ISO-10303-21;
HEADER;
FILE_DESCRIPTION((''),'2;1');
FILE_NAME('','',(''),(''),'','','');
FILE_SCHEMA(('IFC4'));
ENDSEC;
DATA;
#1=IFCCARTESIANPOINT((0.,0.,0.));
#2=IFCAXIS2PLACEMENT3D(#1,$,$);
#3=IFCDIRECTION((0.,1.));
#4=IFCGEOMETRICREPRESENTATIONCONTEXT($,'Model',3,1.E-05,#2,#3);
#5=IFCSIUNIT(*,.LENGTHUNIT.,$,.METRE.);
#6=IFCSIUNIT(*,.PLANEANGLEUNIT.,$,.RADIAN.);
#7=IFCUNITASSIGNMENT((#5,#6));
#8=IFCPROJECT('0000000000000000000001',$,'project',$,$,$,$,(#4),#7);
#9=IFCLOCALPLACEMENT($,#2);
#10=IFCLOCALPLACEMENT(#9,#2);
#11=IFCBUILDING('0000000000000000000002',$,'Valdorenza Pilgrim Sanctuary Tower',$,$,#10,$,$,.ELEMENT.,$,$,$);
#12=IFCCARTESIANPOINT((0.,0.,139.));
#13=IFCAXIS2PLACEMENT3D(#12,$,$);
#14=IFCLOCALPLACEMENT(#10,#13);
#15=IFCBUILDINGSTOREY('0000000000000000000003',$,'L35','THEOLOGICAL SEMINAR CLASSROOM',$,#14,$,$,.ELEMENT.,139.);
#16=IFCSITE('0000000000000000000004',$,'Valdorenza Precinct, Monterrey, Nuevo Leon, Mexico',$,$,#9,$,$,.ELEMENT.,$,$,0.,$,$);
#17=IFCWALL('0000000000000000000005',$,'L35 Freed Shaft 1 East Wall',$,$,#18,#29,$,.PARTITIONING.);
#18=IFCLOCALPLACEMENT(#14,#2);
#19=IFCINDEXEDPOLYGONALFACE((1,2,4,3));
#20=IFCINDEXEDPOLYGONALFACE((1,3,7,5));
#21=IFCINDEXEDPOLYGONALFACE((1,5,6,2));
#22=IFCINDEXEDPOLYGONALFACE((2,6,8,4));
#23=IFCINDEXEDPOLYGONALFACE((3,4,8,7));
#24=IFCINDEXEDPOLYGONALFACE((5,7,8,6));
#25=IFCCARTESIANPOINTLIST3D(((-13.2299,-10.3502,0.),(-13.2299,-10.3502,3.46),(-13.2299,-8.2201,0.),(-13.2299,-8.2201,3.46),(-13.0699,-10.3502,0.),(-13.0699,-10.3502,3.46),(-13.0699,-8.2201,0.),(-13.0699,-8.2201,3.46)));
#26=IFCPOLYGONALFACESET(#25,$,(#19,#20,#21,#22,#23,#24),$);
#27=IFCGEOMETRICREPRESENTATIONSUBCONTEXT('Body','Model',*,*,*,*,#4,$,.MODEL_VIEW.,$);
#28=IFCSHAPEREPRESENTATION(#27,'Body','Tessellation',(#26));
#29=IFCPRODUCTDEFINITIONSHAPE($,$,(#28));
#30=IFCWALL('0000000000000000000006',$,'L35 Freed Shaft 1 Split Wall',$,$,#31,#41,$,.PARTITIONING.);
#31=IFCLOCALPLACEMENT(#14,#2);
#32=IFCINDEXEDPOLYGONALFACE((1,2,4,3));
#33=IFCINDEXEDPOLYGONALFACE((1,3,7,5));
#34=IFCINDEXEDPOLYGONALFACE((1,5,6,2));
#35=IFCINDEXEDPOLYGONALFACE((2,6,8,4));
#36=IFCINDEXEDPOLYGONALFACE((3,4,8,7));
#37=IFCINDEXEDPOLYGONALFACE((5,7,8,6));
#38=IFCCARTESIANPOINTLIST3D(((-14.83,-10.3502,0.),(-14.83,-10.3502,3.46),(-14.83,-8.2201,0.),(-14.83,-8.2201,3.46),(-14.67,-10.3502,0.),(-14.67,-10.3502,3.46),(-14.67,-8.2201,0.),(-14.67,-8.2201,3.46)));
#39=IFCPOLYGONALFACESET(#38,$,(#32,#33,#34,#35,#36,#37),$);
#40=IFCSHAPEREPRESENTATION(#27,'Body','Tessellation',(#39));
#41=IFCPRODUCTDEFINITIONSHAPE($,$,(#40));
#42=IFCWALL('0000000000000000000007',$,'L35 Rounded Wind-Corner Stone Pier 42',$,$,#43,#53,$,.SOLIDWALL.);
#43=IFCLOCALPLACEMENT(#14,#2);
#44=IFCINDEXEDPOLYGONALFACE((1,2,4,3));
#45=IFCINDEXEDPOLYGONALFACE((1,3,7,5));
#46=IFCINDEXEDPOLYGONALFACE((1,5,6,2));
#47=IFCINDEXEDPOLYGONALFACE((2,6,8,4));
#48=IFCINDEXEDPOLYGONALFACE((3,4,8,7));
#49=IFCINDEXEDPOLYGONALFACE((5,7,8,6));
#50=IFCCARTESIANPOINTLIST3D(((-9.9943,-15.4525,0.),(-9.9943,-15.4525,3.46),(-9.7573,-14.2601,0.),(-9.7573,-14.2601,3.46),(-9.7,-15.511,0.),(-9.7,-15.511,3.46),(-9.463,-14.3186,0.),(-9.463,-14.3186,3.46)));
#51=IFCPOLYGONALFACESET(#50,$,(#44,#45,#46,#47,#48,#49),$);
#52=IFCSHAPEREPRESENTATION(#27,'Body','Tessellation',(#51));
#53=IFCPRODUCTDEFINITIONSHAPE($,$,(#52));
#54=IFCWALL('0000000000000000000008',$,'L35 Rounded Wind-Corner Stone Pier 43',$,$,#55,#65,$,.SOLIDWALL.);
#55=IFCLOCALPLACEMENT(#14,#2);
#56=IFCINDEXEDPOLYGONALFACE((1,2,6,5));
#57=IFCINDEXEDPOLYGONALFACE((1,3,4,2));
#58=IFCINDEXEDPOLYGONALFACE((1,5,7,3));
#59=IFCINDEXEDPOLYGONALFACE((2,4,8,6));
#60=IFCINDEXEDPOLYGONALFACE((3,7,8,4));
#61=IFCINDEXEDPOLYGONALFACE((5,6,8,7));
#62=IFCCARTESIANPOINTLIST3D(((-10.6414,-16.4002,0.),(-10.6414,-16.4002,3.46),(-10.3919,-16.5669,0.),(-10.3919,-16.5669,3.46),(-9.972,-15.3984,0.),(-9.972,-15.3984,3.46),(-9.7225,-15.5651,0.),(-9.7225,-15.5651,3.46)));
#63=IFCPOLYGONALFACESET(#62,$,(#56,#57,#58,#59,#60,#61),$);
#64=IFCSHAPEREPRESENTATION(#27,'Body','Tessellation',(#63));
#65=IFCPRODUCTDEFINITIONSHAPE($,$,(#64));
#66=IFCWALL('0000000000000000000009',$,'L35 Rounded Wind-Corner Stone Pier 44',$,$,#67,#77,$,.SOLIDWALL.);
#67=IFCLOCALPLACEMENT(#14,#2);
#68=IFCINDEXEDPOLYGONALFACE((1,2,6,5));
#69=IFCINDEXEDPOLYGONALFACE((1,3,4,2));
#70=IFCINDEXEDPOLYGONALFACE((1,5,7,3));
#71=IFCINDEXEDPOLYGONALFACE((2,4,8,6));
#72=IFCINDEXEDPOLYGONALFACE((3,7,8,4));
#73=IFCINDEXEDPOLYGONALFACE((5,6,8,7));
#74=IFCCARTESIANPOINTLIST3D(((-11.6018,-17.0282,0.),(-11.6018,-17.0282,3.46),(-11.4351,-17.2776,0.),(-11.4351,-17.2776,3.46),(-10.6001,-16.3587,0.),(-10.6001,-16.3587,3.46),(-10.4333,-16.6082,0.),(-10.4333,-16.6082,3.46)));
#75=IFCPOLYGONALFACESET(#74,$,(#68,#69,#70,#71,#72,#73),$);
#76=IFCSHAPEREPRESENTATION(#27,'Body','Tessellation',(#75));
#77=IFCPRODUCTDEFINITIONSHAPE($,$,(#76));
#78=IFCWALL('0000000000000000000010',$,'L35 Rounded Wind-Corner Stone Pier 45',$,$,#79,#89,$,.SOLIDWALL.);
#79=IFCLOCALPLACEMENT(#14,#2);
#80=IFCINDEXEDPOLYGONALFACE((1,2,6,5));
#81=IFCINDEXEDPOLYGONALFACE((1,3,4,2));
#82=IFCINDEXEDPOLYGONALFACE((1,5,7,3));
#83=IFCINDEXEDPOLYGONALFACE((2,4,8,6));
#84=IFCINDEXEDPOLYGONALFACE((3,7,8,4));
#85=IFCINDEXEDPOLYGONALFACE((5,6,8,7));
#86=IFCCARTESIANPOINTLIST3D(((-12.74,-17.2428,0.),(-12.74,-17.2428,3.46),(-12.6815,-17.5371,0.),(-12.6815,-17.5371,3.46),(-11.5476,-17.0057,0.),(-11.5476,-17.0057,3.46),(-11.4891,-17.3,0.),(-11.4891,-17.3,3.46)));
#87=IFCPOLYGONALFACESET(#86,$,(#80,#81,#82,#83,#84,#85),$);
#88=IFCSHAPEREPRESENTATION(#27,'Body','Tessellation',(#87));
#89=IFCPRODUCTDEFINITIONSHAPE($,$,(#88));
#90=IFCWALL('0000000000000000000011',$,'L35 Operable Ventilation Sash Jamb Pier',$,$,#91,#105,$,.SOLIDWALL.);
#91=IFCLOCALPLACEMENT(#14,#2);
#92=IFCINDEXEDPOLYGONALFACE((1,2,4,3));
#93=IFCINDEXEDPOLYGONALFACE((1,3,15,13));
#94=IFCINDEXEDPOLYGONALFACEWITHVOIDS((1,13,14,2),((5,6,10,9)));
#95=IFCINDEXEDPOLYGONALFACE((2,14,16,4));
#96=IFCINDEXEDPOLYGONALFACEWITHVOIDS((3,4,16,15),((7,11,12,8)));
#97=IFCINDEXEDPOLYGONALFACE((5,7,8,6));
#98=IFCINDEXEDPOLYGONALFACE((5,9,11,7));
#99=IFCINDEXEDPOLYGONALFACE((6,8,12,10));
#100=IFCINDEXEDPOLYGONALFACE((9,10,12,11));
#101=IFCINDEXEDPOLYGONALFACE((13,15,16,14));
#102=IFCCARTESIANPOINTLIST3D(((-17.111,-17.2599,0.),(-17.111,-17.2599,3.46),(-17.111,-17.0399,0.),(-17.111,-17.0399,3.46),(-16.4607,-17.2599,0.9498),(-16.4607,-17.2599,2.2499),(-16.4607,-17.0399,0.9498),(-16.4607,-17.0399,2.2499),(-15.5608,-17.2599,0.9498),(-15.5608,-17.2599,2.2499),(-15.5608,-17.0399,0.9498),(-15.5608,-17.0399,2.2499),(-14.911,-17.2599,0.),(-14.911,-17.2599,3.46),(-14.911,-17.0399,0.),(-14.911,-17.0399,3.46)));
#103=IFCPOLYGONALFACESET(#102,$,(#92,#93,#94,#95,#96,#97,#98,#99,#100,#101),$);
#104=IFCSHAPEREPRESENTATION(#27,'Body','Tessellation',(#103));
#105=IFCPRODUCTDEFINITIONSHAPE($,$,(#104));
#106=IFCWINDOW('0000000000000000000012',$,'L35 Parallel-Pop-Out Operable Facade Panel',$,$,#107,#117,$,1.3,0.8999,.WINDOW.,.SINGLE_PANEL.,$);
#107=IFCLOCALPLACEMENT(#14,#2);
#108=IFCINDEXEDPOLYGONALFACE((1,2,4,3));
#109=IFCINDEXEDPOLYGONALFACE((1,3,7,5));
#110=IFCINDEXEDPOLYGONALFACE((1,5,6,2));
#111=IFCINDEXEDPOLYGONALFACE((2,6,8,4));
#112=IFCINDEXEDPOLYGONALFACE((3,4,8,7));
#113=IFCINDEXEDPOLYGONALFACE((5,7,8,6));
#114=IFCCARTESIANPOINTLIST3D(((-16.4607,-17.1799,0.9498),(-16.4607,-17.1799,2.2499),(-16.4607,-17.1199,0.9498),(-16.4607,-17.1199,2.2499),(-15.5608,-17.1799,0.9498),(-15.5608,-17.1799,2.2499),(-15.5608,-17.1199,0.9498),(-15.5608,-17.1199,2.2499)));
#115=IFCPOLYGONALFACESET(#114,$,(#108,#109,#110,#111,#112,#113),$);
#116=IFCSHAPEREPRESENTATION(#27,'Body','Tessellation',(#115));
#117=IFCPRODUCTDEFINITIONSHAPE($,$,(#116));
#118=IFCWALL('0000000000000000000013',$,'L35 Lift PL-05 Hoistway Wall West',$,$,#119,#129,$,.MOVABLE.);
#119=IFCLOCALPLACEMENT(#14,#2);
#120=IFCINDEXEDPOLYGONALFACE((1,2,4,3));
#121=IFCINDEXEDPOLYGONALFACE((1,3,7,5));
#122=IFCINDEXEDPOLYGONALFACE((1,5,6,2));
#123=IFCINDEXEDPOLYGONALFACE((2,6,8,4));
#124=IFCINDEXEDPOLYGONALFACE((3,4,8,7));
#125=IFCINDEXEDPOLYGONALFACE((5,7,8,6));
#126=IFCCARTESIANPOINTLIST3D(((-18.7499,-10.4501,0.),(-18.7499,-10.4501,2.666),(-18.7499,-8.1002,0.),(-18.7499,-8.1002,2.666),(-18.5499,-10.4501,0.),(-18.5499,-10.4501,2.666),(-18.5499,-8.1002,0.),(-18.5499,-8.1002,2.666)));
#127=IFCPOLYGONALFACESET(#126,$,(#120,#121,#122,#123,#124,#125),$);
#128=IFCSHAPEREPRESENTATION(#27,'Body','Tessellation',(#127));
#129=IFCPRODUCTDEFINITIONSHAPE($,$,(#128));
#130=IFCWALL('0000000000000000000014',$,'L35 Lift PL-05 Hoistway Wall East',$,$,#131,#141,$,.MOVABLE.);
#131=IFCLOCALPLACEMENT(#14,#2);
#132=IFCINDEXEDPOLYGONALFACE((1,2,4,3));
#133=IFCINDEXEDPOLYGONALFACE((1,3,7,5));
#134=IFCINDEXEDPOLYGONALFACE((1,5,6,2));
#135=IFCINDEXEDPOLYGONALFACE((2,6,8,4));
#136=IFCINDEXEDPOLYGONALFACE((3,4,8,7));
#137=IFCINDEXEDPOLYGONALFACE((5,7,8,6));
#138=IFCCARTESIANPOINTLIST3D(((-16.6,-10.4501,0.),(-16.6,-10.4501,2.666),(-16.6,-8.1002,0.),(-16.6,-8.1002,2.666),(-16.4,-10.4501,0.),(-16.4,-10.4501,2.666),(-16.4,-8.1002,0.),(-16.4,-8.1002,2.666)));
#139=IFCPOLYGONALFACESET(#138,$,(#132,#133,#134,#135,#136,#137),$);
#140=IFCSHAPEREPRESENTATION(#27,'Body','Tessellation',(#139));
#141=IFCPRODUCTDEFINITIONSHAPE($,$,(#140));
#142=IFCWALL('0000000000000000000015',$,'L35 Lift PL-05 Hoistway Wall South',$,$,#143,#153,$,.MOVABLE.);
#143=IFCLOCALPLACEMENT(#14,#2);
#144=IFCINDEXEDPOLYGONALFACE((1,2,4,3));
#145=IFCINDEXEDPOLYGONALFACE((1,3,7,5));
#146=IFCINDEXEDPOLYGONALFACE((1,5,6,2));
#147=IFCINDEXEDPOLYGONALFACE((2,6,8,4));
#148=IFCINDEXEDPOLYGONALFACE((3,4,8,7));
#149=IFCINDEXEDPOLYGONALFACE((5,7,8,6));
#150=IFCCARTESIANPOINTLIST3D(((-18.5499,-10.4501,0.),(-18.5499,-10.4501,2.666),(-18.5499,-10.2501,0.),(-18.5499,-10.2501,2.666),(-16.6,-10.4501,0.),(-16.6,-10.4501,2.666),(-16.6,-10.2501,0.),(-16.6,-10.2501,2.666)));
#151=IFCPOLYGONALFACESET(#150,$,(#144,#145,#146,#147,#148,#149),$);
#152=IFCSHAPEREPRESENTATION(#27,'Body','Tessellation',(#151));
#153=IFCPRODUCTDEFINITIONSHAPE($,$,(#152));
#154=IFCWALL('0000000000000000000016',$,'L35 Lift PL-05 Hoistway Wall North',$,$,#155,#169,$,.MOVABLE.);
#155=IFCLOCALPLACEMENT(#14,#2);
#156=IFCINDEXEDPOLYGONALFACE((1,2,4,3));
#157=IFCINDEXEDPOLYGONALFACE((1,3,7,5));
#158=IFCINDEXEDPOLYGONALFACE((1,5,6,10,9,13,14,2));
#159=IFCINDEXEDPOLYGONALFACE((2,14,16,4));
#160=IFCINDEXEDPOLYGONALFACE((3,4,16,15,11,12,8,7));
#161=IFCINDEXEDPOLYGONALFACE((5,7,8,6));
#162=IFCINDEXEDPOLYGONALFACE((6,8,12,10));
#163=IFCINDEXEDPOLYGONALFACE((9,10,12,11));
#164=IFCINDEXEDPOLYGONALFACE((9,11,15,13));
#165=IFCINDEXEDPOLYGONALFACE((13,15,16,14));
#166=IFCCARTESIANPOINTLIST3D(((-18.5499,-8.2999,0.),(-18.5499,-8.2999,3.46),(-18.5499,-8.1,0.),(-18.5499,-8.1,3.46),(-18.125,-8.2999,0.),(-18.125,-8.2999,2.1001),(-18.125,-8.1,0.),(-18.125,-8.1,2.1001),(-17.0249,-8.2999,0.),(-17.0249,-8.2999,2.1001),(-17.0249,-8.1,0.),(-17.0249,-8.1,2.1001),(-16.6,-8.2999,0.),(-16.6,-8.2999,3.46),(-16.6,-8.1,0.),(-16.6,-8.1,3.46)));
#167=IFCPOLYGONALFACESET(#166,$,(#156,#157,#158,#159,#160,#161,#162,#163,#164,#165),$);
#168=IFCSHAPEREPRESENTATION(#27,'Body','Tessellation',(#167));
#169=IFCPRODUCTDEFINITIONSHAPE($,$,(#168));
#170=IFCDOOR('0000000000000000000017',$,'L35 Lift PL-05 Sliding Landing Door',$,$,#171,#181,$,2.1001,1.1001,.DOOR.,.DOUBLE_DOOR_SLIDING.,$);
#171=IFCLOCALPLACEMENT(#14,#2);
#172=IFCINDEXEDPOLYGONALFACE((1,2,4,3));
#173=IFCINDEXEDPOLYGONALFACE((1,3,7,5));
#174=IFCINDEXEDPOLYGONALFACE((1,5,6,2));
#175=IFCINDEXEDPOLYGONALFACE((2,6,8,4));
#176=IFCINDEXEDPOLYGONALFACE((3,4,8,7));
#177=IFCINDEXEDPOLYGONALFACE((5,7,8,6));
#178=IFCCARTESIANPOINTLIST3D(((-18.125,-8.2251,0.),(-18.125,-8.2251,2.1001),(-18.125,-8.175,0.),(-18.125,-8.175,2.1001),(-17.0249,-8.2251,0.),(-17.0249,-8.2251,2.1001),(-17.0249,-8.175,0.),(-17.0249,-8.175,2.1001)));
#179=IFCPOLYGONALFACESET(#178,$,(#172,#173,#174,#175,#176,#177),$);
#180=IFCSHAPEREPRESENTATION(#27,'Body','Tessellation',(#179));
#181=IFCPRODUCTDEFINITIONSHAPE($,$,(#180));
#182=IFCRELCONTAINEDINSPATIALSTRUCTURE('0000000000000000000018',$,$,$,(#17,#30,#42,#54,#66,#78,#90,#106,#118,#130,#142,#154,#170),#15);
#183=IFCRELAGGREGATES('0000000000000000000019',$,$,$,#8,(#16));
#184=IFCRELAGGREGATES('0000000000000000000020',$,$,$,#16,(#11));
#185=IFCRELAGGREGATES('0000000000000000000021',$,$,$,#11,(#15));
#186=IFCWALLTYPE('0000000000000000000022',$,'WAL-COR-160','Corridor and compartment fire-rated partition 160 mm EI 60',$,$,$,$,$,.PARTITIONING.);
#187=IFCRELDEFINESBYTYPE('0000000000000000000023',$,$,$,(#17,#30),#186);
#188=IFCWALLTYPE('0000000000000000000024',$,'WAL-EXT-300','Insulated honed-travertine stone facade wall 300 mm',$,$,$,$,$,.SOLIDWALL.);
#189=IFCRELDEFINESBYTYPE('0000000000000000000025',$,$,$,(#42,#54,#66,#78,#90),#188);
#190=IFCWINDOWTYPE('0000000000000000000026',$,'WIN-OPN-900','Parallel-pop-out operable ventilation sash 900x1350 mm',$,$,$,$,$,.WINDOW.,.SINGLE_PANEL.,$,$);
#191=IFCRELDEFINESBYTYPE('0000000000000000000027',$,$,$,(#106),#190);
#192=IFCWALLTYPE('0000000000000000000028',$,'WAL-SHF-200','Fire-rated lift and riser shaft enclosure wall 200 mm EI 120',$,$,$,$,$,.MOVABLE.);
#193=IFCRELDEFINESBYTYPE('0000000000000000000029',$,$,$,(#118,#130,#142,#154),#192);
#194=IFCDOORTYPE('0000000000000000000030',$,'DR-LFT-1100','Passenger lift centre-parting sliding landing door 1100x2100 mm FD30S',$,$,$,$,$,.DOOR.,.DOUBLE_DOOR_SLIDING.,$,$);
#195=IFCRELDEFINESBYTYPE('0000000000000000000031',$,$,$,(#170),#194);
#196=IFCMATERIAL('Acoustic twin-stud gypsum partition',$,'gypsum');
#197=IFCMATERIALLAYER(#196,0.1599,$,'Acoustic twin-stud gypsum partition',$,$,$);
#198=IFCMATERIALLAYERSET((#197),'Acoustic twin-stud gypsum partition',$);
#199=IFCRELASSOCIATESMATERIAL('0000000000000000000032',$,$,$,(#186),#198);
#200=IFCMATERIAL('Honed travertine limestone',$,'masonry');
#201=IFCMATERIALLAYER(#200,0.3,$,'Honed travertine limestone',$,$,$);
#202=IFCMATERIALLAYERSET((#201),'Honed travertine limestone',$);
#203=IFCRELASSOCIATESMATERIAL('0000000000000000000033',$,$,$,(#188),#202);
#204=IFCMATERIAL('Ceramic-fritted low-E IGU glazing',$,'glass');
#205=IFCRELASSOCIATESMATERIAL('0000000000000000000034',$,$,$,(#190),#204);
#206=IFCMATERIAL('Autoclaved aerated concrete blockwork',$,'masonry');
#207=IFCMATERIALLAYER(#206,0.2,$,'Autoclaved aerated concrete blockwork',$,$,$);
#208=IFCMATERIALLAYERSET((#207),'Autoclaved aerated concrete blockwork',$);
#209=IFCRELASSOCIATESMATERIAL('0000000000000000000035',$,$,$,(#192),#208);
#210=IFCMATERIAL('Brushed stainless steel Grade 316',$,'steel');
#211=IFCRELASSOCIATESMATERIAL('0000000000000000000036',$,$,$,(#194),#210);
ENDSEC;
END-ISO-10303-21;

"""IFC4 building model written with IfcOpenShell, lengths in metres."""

from ifc_helpers import new_model, si_unit, direction, frame, frame_2d, origin, place, context, subcontext, project, spatial, rectangle, extrude, material, layer, layer_set, type_object, element, fill, save


model = new_model("IFC4")

# Units and contexts
model_context = context("Model", 3, precision=1e-05, world=origin(), true_north=direction((0.0, 1.0)))
body_context = subcontext(model_context, "Body", "Model", "MODEL_VIEW")
ifc_project = project(units=[si_unit("LENGTHUNIT", "METRE"), si_unit("PLANEANGLEUNIT", "RADIAN")], contexts=[model_context])

# Site, building, storey
site_placement = place(None, origin())
site = spatial("IfcSite", under=ifc_project, at=site_placement, Name="Valdorenza Precinct, Monterrey, Nuevo Leon, Mexico", CompositionType="ELEMENT", RefElevation=0.0)
building_placement = place(site_placement, origin())
building = spatial("IfcBuilding", under=site, at=building_placement, Name="Valdorenza Pilgrim Sanctuary Tower", CompositionType="ELEMENT")
storey_placement = place(building_placement, frame((0.0, 0.0, 139.0)))
storey = spatial("IfcBuildingStorey", under=building, at=storey_placement, Name="L35", Description="THEOLOGICAL SEMINAR CLASSROOM", CompositionType="ELEMENT", Elevation=139.0)

# Shared definitions
ifc_material_1 = material(Name="Honed travertine limestone", Category="masonry")
ifc_material_2 = material(Name="Ceramic-fritted low-E IGU glazing", Category="glass")

# Shared definitions
ifc_material_3 = material(Name="Acoustic twin-stud gypsum partition", Category="gypsum")
ifc_layer_1 = layer(ifc_material_3, 0.1599, Name="Acoustic twin-stud gypsum partition")
ifc_layer_set_1 = layer_set([ifc_layer_1], Name="Acoustic twin-stud gypsum partition")
wall_type_1 = type_object("IfcWallType", Name="WAL-COR-160", Description="Corridor and compartment fire-rated partition 160 mm EI 60", PredefinedType="PARTITIONING", material=ifc_layer_set_1)

# Walls
for number, where, z_axis, x_axis, name in (
    (1, (-13.1499, -10.3501, 0.0), (0.0, 0.0, 1.0), (0.0, 1.0, 0.0), "L35 Freed Shaft 1 East Wall"),
    (2, (-14.75, -10.3501, 0.0), (0.0, 0.0, 1.0), (0.0, 1.0, 0.0), "L35 Freed Shaft 1 Split Wall"),
):
    element("IfcWall", number, at=place(storey_placement, frame(where, z_axis=z_axis, x_axis=x_axis)), inside=storey, type_object=wall_type_1, Name=name, PredefinedType="PARTITIONING", context=body_context, shape_type="SweptSolid", body=[
        extrude(rectangle(XDim=2.1301, YDim=0.1599, at=frame_2d((1.0649, 0.0))), origin(), (0.0, 0.0, 1.0), 3.46),
    ])
ifc_layer_2 = layer(ifc_material_1, 0.3, Name="Honed travertine limestone")
ifc_layer_set_2 = layer_set([ifc_layer_2], Name="Honed travertine limestone")
wall_type_2 = type_object("IfcWallType", Name="WAL-EXT-300", Description="Insulated honed-travertine stone facade wall 300 mm", PredefinedType="SOLIDWALL", material=ifc_layer_set_2)
wall_1_placement = place(storey_placement, frame((-9.6101, -14.2893, 0.0), z_axis=(0.0, 0.0, 1.0), x_axis=(-0.194996, -0.980804, 0.0)))
element("IfcWall", 3, at=wall_1_placement, inside=storey, type_object=wall_type_2, Name="L35 Rounded Wind-Corner Stone Pier 42", PredefinedType="SOLIDWALL", context=body_context, shape_type="SweptSolid", body=[
    extrude(rectangle(XDim=1.2158, YDim=0.3, at=frame_2d((0.6079, 0.0))), origin(), (0.0, 0.0, 1.0), 3.46),
])
for number, where, z_axis, x_axis, name in (
    (4, (-9.8472, -15.4817, 0.0), (0.0, 0.0, 1.0), (-0.555635, -0.831426, 0.0), "L35 Rounded Wind-Corner Stone Pier 43"),
    (5, (-10.5166, -16.4834, 0.0), (0.0, 0.0, 1.0), (-0.831426, -0.555635, 0.0), "L35 Rounded Wind-Corner Stone Pier 44"),
):
    element("IfcWall", number, at=place(storey_placement, frame(where, z_axis=z_axis, x_axis=x_axis)), inside=storey, type_object=wall_type_2, Name=name, PredefinedType="SOLIDWALL", context=body_context, shape_type="SweptSolid", body=[
        extrude(rectangle(XDim=1.2048, YDim=0.3, at=frame_2d((0.6025, 0.0))), origin(), (0.0, 0.0, 1.0), 3.46),
    ])
wall_2_placement = place(storey_placement, frame((-11.5183, -17.1528, 0.0), z_axis=(0.0, 0.0, 1.0), x_axis=(-0.980804, -0.194996, 0.0)))
element("IfcWall", 6, at=wall_2_placement, inside=storey, type_object=wall_type_2, Name="L35 Rounded Wind-Corner Stone Pier 45", PredefinedType="SOLIDWALL", context=body_context, shape_type="SweptSolid", body=[
    extrude(rectangle(XDim=1.2158, YDim=0.3, at=frame_2d((0.6079, 0.0))), origin(), (0.0, 0.0, 1.0), 3.46),
])

# Wall, opening, window
wall_3_placement = place(storey_placement, frame((-14.9109, -17.1499, 0.0), z_axis=(0.0, 0.0, 1.0), x_axis=(-1.0, 0.0, 0.0)))
wall_3 = element("IfcWall", 7, at=wall_3_placement, inside=storey, type_object=wall_type_2, Name="L35 Operable Ventilation Sash Jamb Pier", PredefinedType="SOLIDWALL", context=body_context, shape_type="SweptSolid", body=[
    extrude(rectangle(XDim=2.2, YDim=0.22, at=frame_2d((1.1001, 0.0))), origin(), (0.0, 0.0, 1.0), 3.46),
])
opening_1_placement = place(wall_3_placement, frame((0.6499, 0.0, 0.95)))
opening_1 = element("IfcOpeningElement", 8, at=opening_1_placement, cuts=wall_3, PredefinedType="OPENING", context=body_context, shape_type="SweptSolid", body=[
    extrude(rectangle(XDim=0.8999, YDim=1.3, at=frame_2d((0.45, 0.6499))), frame((0.0, 0.125, 0.0), z_axis=(0.0, -1.0, 0.0), x_axis=(1.0, 0.0, 0.0)), (0.0, 0.0, 1.0), 0.2498),
])
window_type = type_object("IfcWindowType", Name="WIN-OPN-900", Description="Parallel-pop-out operable ventilation sash 900x1350 mm", PartitioningType="SINGLE_PANEL", PredefinedType="WINDOW", material=ifc_material_2)
window_placement = place(opening_1_placement, origin())
window = element("IfcWindow", 9, at=window_placement, inside=storey, type_object=window_type, Name="L35 Parallel-Pop-Out Operable Facade Panel", OverallHeight=1.3, OverallWidth=0.8999, PartitioningType="SINGLE_PANEL", PredefinedType="WINDOW", context=body_context, shape_type="SweptSolid", body=[
    extrude(rectangle(XDim=0.8999, YDim=1.3, at=frame_2d((0.45, 0.6499))), frame((0.0, 0.03, 0.0), z_axis=(0.0, -1.0, 0.0), x_axis=(1.0, 0.0, 0.0)), (0.0, 0.0, 1.0), 0.0601),
])
fill(opening_1, window)

# Walls
ifc_material_4 = material(Name="Autoclaved aerated concrete blockwork", Category="masonry")
ifc_layer_3 = layer(ifc_material_4, 0.2, Name="Autoclaved aerated concrete blockwork")
ifc_layer_set_3 = layer_set([ifc_layer_3], Name="Autoclaved aerated concrete blockwork")
wall_type_3 = type_object("IfcWallType", Name="WAL-SHF-200", Description="Fire-rated lift and riser shaft enclosure wall 200 mm EI 120", PredefinedType="MOVABLE", material=ifc_layer_set_3)
for number, where, z_axis, x_axis, name in (
    (10, (-18.6499, -10.45, 0.0), (0.0, 0.0, 1.0), (0.0, 1.0, 0.0), "L35 Lift PL-05 Hoistway Wall West"),
    (11, (-16.5, -10.45, 0.0), (0.0, 0.0, 1.0), (0.0, 1.0, 0.0), "L35 Lift PL-05 Hoistway Wall East"),
):
    element("IfcWall", number, at=place(storey_placement, frame(where, z_axis=z_axis, x_axis=x_axis)), inside=storey, type_object=wall_type_3, Name=name, PredefinedType="MOVABLE", context=body_context, shape_type="SweptSolid", body=[
        extrude(rectangle(XDim=2.3499, YDim=0.2, at=frame_2d((1.1748, 0.0))), origin(), (0.0, 0.0, 1.0), 2.666),
    ])
wall_4_placement = place(storey_placement, frame((-18.55, -10.3501, 0.0), z_axis=(0.0, 0.0, 1.0), x_axis=(1.0, 0.0, 0.0)))
element("IfcWall", 12, at=wall_4_placement, inside=storey, type_object=wall_type_3, Name="L35 Lift PL-05 Hoistway Wall South", PredefinedType="MOVABLE", context=body_context, shape_type="SweptSolid", body=[
    extrude(rectangle(XDim=1.95, YDim=0.2, at=frame_2d((0.9751, 0.0))), origin(), (0.0, 0.0, 1.0), 2.666),
])

# Wall, opening, door
wall_5_placement = place(storey_placement, frame((-18.55, -8.2, 0.0), z_axis=(0.0, 0.0, 1.0), x_axis=(1.0, 0.0, 0.0)))
wall_5 = element("IfcWall", 13, at=wall_5_placement, inside=storey, type_object=wall_type_3, Name="L35 Lift PL-05 Hoistway Wall North", PredefinedType="MOVABLE", context=body_context, shape_type="SweptSolid", body=[
    extrude(rectangle(XDim=1.95, YDim=0.2, at=frame_2d((0.9751, 0.0))), origin(), (0.0, 0.0, 1.0), 3.46),
])
opening_2_placement = place(wall_5_placement, frame((0.425, 0.0, 0.0)))
opening_2 = element("IfcOpeningElement", 14, at=opening_2_placement, cuts=wall_5, PredefinedType="OPENING", context=body_context, shape_type="SweptSolid", body=[
    extrude(rectangle(XDim=1.1001, YDim=2.1001, at=frame_2d((0.55, 1.05))), frame((0.0, 0.1147, 0.0), z_axis=(0.0, -1.0, 0.0), x_axis=(1.0, 0.0, 0.0)), (0.0, 0.0, 1.0), 0.2297),
])
ifc_material_5 = material(Name="Brushed stainless steel Grade 316", Category="steel")
door_type_1 = type_object("IfcDoorType", Name="DR-LFT-1100", Description="Passenger lift centre-parting sliding landing door 1100x2100 mm FD30S", OperationType="DOUBLE_DOOR_SLIDING", PredefinedType="DOOR", material=ifc_material_5)
door_1_placement = place(opening_2_placement, origin())
door_1 = element("IfcDoor", 15, at=door_1_placement, inside=storey, type_object=door_type_1, Name="L35 Lift PL-05 Sliding Landing Door", OperationType="DOUBLE_DOOR_SLIDING", OverallHeight=2.1001, OverallWidth=1.1001, PredefinedType="DOOR", context=body_context, shape_type="SweptSolid", body=[
    extrude(rectangle(XDim=1.1001, YDim=2.1001, at=frame_2d((0.55, 1.05))), frame((0.0, 0.0249, 0.0), z_axis=(0.0, -1.0, 0.0), x_axis=(1.0, 0.0, 0.0)), (0.0, 0.0, 1.0), 0.05),
])
fill(opening_2, door_1)

save(model, "model.ifc")
